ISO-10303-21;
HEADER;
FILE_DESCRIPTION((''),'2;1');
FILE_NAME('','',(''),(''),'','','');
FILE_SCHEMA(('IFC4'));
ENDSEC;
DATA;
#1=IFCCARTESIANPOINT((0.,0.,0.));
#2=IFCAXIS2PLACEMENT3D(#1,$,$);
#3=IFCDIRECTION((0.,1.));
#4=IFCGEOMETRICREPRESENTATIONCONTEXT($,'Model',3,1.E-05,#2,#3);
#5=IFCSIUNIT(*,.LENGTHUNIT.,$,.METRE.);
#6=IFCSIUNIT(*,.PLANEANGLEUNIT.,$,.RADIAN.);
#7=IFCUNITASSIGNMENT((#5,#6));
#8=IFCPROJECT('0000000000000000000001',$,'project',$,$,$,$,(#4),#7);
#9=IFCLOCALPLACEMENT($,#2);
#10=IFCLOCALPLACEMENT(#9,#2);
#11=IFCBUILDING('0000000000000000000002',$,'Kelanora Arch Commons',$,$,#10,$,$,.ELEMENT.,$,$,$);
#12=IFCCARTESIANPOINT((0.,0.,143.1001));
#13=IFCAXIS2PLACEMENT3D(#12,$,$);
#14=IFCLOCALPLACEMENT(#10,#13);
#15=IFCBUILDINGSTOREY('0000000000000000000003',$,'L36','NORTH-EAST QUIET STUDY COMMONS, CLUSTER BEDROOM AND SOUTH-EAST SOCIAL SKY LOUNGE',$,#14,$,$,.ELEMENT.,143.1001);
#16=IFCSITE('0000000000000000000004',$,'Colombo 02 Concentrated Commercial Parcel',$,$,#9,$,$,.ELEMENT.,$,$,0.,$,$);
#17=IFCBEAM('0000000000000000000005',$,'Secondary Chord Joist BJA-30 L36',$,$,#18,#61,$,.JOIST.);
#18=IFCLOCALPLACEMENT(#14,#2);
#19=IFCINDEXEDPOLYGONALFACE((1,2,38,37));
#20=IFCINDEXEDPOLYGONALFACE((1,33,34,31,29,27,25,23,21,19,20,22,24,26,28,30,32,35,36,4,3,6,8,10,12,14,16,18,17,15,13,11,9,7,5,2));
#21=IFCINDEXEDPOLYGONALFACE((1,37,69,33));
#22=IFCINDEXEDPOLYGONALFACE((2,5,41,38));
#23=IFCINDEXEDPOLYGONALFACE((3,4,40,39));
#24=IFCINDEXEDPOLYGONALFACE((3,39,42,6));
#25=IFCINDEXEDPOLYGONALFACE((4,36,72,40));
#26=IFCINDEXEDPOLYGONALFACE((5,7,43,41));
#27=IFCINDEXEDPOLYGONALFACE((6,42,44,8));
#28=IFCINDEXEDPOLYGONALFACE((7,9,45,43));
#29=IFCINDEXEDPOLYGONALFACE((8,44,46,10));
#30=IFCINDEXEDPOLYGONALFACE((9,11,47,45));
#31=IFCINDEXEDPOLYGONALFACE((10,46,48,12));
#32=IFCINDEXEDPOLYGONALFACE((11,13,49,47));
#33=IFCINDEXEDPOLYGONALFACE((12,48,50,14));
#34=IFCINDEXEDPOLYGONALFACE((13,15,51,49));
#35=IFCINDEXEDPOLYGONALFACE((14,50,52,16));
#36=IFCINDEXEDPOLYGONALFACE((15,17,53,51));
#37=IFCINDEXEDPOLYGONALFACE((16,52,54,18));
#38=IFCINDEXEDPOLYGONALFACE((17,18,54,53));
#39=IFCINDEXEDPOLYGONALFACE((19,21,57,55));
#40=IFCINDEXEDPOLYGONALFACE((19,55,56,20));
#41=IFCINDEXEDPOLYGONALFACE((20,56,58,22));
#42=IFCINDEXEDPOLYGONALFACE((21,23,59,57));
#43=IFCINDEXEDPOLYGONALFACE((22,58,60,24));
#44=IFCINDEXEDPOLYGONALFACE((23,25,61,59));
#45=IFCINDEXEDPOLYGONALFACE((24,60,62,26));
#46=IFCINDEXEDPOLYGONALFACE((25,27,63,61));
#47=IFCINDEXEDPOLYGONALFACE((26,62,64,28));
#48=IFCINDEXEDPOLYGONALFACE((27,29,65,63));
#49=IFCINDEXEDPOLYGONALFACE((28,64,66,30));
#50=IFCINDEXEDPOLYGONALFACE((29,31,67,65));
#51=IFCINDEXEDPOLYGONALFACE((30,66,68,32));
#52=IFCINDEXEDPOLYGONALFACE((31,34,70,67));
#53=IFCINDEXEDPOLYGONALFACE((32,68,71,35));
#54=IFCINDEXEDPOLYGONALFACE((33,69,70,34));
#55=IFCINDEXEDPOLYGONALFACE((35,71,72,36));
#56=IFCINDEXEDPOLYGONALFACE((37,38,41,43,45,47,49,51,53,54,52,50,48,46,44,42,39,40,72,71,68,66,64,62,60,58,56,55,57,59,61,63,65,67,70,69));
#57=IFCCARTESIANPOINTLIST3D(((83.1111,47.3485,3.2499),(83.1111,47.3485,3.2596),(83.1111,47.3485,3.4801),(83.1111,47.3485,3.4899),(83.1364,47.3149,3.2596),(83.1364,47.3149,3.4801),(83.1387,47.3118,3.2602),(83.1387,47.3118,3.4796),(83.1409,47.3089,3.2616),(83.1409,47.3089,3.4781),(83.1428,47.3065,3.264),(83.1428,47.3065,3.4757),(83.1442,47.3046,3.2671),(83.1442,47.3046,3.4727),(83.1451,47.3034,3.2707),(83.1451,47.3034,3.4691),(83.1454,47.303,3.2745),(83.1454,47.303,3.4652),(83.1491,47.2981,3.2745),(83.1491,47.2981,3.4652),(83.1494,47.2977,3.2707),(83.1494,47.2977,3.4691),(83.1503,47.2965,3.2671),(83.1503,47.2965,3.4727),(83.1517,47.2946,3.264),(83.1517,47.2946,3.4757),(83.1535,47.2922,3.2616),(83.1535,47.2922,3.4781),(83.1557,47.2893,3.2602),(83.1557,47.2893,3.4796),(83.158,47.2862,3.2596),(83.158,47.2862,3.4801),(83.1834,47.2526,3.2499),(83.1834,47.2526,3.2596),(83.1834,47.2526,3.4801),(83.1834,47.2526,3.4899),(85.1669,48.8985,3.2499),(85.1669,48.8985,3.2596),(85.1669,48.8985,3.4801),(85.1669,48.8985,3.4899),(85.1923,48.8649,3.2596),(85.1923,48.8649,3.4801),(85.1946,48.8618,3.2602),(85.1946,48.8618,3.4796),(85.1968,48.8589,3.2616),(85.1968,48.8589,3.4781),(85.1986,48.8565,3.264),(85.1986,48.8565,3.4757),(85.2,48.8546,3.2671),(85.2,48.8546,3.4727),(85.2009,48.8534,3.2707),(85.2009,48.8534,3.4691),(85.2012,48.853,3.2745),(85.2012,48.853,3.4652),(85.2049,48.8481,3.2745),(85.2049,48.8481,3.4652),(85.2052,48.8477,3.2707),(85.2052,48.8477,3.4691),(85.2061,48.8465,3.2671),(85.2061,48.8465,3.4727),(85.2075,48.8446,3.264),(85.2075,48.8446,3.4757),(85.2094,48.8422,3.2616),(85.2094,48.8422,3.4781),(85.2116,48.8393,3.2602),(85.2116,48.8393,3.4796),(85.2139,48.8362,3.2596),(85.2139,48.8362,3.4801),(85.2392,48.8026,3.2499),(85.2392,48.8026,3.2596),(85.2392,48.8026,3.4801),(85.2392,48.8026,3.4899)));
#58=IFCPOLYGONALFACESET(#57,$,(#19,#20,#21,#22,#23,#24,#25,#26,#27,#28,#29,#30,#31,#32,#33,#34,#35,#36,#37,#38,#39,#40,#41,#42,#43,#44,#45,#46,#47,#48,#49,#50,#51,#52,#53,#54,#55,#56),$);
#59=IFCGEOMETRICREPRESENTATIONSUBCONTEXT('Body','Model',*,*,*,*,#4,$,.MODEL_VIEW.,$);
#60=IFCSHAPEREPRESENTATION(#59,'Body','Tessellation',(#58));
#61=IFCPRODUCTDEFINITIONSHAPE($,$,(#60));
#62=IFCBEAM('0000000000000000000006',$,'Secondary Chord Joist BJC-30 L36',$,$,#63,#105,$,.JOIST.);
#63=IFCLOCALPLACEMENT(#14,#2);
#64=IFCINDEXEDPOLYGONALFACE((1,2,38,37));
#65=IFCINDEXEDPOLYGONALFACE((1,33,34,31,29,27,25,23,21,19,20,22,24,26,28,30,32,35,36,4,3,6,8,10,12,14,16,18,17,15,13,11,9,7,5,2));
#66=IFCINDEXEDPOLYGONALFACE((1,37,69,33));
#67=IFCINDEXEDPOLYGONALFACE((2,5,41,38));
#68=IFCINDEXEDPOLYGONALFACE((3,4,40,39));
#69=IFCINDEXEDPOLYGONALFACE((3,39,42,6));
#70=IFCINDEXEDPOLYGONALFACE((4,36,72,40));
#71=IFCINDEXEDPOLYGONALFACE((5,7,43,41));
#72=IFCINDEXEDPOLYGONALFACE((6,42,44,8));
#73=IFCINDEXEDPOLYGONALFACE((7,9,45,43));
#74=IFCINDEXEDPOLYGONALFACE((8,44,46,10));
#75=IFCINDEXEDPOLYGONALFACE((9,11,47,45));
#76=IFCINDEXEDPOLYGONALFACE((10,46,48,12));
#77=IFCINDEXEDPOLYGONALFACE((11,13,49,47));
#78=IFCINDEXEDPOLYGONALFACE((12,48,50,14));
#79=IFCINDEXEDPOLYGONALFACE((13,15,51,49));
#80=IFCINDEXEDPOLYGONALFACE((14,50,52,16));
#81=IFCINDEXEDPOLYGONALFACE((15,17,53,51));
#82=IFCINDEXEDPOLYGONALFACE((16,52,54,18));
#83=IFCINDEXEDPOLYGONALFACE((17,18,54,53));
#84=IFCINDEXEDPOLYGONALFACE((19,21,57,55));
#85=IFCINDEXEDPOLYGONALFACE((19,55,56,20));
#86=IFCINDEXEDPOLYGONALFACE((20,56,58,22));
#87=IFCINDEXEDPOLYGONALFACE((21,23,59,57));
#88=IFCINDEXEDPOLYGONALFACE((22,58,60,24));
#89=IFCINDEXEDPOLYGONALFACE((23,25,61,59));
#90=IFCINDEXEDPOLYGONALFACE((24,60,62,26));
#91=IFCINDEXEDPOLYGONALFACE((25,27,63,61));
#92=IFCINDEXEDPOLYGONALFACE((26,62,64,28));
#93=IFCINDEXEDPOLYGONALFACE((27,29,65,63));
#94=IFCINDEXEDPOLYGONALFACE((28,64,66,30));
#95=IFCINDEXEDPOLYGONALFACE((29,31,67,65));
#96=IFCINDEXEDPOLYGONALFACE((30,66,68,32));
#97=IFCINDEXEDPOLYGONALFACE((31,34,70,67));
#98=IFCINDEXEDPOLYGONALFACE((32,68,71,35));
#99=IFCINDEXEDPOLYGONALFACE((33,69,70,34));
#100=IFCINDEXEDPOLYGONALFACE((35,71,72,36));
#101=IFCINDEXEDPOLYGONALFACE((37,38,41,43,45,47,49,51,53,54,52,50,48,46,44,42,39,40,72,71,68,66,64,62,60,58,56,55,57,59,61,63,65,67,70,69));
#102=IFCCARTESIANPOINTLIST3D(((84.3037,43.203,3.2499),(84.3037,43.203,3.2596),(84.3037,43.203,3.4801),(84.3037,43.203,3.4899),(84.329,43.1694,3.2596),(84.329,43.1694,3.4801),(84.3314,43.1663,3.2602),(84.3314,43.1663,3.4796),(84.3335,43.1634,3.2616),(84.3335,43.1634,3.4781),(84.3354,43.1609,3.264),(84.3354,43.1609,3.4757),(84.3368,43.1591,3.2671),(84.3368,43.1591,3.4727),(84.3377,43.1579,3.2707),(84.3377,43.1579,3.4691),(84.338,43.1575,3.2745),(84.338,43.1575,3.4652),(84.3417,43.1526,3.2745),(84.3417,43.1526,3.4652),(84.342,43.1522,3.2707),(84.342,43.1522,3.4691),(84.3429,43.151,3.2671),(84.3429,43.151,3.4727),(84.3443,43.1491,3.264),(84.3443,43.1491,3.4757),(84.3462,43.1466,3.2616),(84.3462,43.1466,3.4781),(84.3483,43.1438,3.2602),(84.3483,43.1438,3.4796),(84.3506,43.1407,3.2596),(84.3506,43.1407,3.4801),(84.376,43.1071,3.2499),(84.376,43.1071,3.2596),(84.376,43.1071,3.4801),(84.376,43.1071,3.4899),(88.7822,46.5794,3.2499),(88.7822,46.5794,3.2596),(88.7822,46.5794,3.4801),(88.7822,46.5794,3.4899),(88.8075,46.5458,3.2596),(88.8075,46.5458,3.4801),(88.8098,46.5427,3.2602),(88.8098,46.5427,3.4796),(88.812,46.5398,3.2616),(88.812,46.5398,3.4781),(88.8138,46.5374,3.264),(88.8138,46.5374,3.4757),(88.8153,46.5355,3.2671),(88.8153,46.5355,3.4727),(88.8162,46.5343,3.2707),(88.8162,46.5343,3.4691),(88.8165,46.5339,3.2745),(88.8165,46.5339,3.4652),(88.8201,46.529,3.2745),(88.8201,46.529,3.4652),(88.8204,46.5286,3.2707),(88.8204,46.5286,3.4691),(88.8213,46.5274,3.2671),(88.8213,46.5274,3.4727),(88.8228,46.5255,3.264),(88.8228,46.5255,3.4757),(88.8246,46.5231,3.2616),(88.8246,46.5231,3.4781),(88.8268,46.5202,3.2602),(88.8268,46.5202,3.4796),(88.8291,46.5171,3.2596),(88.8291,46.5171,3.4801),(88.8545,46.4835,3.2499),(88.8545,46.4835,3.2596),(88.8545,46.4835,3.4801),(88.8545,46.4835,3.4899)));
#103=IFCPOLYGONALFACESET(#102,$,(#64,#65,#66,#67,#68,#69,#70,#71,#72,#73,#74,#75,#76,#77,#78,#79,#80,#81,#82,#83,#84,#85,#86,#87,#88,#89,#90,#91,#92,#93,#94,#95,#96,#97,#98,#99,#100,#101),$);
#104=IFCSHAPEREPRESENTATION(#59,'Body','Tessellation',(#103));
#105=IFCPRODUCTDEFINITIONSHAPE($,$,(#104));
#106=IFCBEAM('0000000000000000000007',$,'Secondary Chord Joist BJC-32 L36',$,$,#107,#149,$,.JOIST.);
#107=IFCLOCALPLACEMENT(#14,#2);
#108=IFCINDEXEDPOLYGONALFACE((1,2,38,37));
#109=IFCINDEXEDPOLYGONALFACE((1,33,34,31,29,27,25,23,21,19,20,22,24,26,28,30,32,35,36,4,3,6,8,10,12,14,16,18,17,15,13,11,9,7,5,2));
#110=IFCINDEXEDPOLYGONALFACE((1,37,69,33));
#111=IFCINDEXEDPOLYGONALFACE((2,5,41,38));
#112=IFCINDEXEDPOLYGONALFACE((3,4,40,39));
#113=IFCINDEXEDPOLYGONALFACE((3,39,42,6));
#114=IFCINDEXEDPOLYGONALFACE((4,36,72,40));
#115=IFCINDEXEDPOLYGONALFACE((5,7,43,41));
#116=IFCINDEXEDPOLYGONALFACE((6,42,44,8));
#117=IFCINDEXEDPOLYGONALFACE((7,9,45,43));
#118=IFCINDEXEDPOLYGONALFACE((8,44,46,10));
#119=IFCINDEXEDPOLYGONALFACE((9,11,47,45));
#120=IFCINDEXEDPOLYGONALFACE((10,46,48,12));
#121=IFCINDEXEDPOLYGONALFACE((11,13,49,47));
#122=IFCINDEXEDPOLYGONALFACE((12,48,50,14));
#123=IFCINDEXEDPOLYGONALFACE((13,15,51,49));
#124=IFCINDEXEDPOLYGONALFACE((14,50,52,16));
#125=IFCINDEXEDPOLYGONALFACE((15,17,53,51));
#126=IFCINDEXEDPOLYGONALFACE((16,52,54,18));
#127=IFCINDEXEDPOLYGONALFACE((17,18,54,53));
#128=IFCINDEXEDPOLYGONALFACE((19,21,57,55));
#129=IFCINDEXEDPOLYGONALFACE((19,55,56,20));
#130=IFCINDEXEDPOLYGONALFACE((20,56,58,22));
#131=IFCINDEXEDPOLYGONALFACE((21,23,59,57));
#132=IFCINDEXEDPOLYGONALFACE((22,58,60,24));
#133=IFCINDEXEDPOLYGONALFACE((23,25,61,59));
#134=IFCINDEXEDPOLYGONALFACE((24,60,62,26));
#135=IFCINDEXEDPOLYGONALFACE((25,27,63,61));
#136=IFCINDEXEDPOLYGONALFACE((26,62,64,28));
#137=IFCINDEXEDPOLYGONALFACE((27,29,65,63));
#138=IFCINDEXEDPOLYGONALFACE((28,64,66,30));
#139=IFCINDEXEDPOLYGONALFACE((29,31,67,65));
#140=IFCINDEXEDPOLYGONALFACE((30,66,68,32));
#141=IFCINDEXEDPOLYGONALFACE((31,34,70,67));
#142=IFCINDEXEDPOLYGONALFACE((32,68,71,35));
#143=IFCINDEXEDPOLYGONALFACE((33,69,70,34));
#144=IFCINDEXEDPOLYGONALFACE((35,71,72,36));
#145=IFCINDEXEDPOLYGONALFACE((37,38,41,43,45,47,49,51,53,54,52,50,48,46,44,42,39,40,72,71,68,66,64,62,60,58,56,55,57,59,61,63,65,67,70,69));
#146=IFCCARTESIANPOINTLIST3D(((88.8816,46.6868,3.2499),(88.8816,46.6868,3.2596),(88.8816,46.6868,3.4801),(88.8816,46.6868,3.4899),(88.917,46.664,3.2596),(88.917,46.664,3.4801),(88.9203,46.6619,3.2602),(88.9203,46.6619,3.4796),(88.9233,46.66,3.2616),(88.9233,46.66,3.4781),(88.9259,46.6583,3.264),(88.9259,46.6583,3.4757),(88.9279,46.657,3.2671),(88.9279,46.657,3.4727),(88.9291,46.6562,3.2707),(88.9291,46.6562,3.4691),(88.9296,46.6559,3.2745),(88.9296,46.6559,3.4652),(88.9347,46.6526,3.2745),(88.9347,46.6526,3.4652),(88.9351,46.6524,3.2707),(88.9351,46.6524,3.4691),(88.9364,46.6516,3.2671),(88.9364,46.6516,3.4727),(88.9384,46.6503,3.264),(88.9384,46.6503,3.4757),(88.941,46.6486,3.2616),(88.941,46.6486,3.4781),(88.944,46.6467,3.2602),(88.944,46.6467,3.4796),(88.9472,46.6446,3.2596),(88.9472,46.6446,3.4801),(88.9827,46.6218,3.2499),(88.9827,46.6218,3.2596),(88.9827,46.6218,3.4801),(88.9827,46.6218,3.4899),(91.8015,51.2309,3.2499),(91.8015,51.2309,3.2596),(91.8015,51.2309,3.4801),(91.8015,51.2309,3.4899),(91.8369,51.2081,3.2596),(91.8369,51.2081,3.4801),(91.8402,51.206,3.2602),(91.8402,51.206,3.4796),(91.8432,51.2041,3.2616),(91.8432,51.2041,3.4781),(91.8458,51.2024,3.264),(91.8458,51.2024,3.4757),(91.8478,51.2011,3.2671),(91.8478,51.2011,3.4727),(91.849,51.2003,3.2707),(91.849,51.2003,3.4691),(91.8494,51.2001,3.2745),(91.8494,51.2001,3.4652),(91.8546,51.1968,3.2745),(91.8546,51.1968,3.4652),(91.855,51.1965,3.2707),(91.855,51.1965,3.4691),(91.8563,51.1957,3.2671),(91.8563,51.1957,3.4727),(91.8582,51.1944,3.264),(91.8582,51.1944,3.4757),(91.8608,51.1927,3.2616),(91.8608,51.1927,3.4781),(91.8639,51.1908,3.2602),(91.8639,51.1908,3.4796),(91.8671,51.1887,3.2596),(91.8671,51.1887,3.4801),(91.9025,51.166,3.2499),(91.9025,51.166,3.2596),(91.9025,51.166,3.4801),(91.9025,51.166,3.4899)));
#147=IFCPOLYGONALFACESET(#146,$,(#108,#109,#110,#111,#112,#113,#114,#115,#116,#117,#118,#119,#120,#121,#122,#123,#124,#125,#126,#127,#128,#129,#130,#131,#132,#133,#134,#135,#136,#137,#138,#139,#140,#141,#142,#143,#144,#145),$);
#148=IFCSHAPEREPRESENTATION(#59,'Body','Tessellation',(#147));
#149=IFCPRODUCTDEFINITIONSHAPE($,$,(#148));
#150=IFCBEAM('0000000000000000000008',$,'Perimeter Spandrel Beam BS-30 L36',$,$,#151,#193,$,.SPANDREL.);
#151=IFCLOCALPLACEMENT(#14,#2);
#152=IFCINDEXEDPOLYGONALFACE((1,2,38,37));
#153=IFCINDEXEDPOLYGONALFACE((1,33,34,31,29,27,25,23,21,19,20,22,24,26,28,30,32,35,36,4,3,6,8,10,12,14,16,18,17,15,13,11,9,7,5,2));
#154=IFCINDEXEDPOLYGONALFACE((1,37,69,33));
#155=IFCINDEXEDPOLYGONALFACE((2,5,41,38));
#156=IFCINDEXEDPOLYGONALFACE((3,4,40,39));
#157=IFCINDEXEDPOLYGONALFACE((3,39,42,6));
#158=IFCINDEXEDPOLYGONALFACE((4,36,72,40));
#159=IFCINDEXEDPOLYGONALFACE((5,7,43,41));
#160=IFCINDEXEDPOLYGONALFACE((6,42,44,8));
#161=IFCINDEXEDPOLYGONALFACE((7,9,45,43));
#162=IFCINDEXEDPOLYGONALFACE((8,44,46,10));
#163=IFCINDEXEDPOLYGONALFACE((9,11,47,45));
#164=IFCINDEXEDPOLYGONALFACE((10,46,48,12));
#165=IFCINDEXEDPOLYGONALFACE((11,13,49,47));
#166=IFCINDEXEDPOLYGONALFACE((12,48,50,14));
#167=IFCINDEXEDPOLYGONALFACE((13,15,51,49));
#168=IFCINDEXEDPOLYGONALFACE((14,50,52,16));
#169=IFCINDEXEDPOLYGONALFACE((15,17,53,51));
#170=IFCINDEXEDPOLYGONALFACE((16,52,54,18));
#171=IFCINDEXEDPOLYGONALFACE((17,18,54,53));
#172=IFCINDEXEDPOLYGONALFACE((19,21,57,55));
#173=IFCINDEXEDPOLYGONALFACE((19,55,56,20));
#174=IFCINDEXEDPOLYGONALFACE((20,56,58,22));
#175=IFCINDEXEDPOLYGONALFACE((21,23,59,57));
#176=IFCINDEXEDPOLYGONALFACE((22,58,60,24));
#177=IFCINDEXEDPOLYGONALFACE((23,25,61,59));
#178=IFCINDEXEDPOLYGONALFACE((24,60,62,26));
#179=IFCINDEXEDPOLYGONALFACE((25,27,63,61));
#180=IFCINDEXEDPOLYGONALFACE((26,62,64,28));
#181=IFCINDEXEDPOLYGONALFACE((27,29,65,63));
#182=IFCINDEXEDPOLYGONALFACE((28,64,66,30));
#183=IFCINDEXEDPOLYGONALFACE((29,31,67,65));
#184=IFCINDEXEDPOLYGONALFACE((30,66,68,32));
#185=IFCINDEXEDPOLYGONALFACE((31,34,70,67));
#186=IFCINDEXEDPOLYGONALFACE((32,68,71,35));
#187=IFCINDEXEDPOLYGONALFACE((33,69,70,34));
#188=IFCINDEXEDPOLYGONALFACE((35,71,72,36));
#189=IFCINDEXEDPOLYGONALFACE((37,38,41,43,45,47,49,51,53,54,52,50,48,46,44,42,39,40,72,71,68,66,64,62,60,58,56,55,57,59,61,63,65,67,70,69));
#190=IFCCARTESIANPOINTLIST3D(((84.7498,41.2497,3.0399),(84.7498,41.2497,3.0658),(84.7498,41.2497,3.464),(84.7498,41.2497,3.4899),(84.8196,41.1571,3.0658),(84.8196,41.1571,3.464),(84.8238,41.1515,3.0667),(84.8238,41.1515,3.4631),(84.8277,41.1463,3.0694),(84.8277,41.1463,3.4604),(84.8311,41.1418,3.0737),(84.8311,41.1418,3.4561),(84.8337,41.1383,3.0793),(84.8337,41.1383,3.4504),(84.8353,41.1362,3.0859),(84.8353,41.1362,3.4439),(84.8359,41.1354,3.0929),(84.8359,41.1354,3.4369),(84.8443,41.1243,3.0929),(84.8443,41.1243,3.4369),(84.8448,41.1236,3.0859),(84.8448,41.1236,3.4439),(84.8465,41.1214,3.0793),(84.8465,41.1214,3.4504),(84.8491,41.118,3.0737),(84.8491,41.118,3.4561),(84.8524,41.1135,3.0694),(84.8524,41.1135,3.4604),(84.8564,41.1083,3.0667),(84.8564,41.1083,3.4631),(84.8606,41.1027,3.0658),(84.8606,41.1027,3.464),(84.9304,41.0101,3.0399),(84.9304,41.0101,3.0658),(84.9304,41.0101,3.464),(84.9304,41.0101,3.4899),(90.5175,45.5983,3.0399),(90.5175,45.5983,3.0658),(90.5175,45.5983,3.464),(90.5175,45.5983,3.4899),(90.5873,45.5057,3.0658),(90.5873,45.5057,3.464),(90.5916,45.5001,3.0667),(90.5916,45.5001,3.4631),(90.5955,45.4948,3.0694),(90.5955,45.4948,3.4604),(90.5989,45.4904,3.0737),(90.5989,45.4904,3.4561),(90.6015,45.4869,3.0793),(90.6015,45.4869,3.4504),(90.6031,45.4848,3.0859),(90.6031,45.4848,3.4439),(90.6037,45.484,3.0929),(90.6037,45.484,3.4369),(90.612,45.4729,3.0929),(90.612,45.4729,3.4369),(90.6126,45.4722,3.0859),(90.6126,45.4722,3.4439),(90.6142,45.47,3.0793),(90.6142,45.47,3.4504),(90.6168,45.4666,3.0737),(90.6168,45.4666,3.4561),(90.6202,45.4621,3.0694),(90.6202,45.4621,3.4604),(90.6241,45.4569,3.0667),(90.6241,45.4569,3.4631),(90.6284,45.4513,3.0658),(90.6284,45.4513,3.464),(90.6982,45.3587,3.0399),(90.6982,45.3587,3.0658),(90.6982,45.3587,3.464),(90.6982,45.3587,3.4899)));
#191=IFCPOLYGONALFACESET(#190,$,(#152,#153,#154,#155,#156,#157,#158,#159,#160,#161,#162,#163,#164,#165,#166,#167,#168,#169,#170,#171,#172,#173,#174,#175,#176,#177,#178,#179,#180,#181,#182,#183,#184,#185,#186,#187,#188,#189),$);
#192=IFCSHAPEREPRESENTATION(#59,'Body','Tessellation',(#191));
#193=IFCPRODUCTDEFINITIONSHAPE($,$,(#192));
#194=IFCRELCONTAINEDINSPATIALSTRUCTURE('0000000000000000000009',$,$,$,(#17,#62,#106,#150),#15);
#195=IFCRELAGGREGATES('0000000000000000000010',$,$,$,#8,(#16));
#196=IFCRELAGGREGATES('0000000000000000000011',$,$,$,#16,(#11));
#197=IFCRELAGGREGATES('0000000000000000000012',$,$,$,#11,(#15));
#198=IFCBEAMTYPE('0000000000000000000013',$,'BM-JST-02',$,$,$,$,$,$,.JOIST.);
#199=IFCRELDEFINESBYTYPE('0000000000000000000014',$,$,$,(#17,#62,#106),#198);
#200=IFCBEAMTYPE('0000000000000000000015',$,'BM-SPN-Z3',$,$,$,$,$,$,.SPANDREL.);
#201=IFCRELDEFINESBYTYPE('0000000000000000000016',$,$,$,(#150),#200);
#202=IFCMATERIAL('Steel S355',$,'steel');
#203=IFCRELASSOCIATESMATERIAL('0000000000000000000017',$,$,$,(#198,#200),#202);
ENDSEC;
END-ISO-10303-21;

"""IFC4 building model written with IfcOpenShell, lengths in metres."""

from ifc_helpers import new_model, si_unit, direction, frame, origin, origin_2d, place, context, subcontext, project, spatial, i_section, extrude, material, material_profile, profile_set, type_object, element, save


model = new_model("IFC4")

# Units and contexts
model_context = context("Model", 3, precision=1e-05, world=origin(), true_north=direction((0.0, 1.0)))
body_context = subcontext(model_context, "Body", "Model", "MODEL_VIEW")
ifc_project = project(units=[si_unit("LENGTHUNIT", "METRE"), si_unit("PLANEANGLEUNIT", "RADIAN")], contexts=[model_context])

# Site, building, storey
site_placement = place(None, origin())
site = spatial("IfcSite", under=ifc_project, at=site_placement, Name="Colombo 02 Concentrated Commercial Parcel", CompositionType="ELEMENT", RefElevation=0.0)
building_placement = place(site_placement, origin())
building = spatial("IfcBuilding", under=site, at=building_placement, Name="Kelanora Arch Commons", CompositionType="ELEMENT")
storey_placement = place(building_placement, frame((0.0, 0.0, 143.1001)))
storey = spatial("IfcBuildingStorey", under=building, at=storey_placement, Name="L36", Description="NORTH-EAST QUIET STUDY COMMONS, CLUSTER BEDROOM AND SOUTH-EAST SOCIAL SKY LOUNGE", CompositionType="ELEMENT", Elevation=143.1001)

# Beams
ifc_material_1 = material(Name="Steel S355", Category="steel")
ifc_material_profile_1 = material_profile(ifc_material_1, i_section(OverallWidth=0.1201, OverallDepth=0.24, WebThickness=0.0061, FlangeThickness=0.0098, FilletRadius=0.0149, at=origin_2d()), Name="IPE240")
ifc_profile_set_1 = profile_set([ifc_material_profile_1], Name="Steel S355")
beam_type_1 = type_object("IfcBeamType", Name="BM-JST-02", PredefinedType="JOIST", material=ifc_profile_set_1)
beam_1_placement = place(storey_placement, frame((83.1472, 47.3005, 3.3699), z_axis=(0.798484, 0.602016, 0.0), x_axis=(-0.602016, 0.798484, 0.0)))
element("IfcBeam", 1, at=beam_1_placement, inside=storey, type_object=beam_type_1, Name="Secondary Chord Joist BJA-30 L36", PredefinedType="JOIST", context=body_context, shape_type="SweptSolid", body=[
    extrude(i_section(OverallWidth=0.1201, OverallDepth=0.24, WebThickness=0.0061, FlangeThickness=0.0098, FilletRadius=0.0149, at=origin_2d()), origin(), (0.0, 0.0, 1.0), 2.5747),
])
beam_2_placement = place(storey_placement, frame((84.3398, 43.155, 3.3699), z_axis=(0.798493, 0.602004, 0.0), x_axis=(-0.602004, 0.798493, 0.0)))
element("IfcBeam", 2, at=beam_2_placement, inside=storey, type_object=beam_type_1, Name="Secondary Chord Joist BJC-30 L36", PredefinedType="JOIST", context=body_context, shape_type="SweptSolid", body=[
    extrude(i_section(OverallWidth=0.1201, OverallDepth=0.24, WebThickness=0.0061, FlangeThickness=0.0098, FilletRadius=0.0149, at=origin_2d()), origin(), (0.0, 0.0, 1.0), 5.6086),
])
beam_3_placement = place(storey_placement, frame((88.9321, 46.6543, 3.3699), z_axis=(0.540582, 0.841292, 0.0), x_axis=(-0.841292, 0.540582, 0.0)))
element("IfcBeam", 3, at=beam_3_placement, inside=storey, type_object=beam_type_1, Name="Secondary Chord Joist BJC-32 L36", PredefinedType="JOIST", context=body_context, shape_type="SweptSolid", body=[
    extrude(i_section(OverallWidth=0.1201, OverallDepth=0.24, WebThickness=0.0061, FlangeThickness=0.0098, FilletRadius=0.0149, at=origin_2d()), origin(), (0.0, 0.0, 1.0), 5.4014),
])
ifc_material_profile_2 = material_profile(ifc_material_1, i_section(OverallWidth=0.3, OverallDepth=0.45, WebThickness=0.0139, FlangeThickness=0.0259, FilletRadius=0.0271, at=origin_2d()), Name="HEB450")
ifc_profile_set_2 = profile_set([ifc_material_profile_2], Name="Steel S355")
beam_type_2 = type_object("IfcBeamType", Name="BM-SPN-Z3", PredefinedType="SPANDREL", material=ifc_profile_set_2)
beam_4_placement = place(storey_placement, frame((84.8401, 41.1299, 3.2649), z_axis=(0.798485, 0.602015, 0.0), x_axis=(-0.602015, 0.798485, 0.0)))
element("IfcBeam", 4, at=beam_4_placement, inside=storey, type_object=beam_type_2, Name="Perimeter Spandrel Beam BS-30 L36", PredefinedType="SPANDREL", context=body_context, shape_type="SweptSolid", body=[
    extrude(i_section(OverallWidth=0.3, OverallDepth=0.45, WebThickness=0.0139, FlangeThickness=0.0259, FilletRadius=0.0271, at=origin_2d()), origin(), (0.0, 0.0, 1.0), 7.2234),
])

save(model, "model.ifc")
